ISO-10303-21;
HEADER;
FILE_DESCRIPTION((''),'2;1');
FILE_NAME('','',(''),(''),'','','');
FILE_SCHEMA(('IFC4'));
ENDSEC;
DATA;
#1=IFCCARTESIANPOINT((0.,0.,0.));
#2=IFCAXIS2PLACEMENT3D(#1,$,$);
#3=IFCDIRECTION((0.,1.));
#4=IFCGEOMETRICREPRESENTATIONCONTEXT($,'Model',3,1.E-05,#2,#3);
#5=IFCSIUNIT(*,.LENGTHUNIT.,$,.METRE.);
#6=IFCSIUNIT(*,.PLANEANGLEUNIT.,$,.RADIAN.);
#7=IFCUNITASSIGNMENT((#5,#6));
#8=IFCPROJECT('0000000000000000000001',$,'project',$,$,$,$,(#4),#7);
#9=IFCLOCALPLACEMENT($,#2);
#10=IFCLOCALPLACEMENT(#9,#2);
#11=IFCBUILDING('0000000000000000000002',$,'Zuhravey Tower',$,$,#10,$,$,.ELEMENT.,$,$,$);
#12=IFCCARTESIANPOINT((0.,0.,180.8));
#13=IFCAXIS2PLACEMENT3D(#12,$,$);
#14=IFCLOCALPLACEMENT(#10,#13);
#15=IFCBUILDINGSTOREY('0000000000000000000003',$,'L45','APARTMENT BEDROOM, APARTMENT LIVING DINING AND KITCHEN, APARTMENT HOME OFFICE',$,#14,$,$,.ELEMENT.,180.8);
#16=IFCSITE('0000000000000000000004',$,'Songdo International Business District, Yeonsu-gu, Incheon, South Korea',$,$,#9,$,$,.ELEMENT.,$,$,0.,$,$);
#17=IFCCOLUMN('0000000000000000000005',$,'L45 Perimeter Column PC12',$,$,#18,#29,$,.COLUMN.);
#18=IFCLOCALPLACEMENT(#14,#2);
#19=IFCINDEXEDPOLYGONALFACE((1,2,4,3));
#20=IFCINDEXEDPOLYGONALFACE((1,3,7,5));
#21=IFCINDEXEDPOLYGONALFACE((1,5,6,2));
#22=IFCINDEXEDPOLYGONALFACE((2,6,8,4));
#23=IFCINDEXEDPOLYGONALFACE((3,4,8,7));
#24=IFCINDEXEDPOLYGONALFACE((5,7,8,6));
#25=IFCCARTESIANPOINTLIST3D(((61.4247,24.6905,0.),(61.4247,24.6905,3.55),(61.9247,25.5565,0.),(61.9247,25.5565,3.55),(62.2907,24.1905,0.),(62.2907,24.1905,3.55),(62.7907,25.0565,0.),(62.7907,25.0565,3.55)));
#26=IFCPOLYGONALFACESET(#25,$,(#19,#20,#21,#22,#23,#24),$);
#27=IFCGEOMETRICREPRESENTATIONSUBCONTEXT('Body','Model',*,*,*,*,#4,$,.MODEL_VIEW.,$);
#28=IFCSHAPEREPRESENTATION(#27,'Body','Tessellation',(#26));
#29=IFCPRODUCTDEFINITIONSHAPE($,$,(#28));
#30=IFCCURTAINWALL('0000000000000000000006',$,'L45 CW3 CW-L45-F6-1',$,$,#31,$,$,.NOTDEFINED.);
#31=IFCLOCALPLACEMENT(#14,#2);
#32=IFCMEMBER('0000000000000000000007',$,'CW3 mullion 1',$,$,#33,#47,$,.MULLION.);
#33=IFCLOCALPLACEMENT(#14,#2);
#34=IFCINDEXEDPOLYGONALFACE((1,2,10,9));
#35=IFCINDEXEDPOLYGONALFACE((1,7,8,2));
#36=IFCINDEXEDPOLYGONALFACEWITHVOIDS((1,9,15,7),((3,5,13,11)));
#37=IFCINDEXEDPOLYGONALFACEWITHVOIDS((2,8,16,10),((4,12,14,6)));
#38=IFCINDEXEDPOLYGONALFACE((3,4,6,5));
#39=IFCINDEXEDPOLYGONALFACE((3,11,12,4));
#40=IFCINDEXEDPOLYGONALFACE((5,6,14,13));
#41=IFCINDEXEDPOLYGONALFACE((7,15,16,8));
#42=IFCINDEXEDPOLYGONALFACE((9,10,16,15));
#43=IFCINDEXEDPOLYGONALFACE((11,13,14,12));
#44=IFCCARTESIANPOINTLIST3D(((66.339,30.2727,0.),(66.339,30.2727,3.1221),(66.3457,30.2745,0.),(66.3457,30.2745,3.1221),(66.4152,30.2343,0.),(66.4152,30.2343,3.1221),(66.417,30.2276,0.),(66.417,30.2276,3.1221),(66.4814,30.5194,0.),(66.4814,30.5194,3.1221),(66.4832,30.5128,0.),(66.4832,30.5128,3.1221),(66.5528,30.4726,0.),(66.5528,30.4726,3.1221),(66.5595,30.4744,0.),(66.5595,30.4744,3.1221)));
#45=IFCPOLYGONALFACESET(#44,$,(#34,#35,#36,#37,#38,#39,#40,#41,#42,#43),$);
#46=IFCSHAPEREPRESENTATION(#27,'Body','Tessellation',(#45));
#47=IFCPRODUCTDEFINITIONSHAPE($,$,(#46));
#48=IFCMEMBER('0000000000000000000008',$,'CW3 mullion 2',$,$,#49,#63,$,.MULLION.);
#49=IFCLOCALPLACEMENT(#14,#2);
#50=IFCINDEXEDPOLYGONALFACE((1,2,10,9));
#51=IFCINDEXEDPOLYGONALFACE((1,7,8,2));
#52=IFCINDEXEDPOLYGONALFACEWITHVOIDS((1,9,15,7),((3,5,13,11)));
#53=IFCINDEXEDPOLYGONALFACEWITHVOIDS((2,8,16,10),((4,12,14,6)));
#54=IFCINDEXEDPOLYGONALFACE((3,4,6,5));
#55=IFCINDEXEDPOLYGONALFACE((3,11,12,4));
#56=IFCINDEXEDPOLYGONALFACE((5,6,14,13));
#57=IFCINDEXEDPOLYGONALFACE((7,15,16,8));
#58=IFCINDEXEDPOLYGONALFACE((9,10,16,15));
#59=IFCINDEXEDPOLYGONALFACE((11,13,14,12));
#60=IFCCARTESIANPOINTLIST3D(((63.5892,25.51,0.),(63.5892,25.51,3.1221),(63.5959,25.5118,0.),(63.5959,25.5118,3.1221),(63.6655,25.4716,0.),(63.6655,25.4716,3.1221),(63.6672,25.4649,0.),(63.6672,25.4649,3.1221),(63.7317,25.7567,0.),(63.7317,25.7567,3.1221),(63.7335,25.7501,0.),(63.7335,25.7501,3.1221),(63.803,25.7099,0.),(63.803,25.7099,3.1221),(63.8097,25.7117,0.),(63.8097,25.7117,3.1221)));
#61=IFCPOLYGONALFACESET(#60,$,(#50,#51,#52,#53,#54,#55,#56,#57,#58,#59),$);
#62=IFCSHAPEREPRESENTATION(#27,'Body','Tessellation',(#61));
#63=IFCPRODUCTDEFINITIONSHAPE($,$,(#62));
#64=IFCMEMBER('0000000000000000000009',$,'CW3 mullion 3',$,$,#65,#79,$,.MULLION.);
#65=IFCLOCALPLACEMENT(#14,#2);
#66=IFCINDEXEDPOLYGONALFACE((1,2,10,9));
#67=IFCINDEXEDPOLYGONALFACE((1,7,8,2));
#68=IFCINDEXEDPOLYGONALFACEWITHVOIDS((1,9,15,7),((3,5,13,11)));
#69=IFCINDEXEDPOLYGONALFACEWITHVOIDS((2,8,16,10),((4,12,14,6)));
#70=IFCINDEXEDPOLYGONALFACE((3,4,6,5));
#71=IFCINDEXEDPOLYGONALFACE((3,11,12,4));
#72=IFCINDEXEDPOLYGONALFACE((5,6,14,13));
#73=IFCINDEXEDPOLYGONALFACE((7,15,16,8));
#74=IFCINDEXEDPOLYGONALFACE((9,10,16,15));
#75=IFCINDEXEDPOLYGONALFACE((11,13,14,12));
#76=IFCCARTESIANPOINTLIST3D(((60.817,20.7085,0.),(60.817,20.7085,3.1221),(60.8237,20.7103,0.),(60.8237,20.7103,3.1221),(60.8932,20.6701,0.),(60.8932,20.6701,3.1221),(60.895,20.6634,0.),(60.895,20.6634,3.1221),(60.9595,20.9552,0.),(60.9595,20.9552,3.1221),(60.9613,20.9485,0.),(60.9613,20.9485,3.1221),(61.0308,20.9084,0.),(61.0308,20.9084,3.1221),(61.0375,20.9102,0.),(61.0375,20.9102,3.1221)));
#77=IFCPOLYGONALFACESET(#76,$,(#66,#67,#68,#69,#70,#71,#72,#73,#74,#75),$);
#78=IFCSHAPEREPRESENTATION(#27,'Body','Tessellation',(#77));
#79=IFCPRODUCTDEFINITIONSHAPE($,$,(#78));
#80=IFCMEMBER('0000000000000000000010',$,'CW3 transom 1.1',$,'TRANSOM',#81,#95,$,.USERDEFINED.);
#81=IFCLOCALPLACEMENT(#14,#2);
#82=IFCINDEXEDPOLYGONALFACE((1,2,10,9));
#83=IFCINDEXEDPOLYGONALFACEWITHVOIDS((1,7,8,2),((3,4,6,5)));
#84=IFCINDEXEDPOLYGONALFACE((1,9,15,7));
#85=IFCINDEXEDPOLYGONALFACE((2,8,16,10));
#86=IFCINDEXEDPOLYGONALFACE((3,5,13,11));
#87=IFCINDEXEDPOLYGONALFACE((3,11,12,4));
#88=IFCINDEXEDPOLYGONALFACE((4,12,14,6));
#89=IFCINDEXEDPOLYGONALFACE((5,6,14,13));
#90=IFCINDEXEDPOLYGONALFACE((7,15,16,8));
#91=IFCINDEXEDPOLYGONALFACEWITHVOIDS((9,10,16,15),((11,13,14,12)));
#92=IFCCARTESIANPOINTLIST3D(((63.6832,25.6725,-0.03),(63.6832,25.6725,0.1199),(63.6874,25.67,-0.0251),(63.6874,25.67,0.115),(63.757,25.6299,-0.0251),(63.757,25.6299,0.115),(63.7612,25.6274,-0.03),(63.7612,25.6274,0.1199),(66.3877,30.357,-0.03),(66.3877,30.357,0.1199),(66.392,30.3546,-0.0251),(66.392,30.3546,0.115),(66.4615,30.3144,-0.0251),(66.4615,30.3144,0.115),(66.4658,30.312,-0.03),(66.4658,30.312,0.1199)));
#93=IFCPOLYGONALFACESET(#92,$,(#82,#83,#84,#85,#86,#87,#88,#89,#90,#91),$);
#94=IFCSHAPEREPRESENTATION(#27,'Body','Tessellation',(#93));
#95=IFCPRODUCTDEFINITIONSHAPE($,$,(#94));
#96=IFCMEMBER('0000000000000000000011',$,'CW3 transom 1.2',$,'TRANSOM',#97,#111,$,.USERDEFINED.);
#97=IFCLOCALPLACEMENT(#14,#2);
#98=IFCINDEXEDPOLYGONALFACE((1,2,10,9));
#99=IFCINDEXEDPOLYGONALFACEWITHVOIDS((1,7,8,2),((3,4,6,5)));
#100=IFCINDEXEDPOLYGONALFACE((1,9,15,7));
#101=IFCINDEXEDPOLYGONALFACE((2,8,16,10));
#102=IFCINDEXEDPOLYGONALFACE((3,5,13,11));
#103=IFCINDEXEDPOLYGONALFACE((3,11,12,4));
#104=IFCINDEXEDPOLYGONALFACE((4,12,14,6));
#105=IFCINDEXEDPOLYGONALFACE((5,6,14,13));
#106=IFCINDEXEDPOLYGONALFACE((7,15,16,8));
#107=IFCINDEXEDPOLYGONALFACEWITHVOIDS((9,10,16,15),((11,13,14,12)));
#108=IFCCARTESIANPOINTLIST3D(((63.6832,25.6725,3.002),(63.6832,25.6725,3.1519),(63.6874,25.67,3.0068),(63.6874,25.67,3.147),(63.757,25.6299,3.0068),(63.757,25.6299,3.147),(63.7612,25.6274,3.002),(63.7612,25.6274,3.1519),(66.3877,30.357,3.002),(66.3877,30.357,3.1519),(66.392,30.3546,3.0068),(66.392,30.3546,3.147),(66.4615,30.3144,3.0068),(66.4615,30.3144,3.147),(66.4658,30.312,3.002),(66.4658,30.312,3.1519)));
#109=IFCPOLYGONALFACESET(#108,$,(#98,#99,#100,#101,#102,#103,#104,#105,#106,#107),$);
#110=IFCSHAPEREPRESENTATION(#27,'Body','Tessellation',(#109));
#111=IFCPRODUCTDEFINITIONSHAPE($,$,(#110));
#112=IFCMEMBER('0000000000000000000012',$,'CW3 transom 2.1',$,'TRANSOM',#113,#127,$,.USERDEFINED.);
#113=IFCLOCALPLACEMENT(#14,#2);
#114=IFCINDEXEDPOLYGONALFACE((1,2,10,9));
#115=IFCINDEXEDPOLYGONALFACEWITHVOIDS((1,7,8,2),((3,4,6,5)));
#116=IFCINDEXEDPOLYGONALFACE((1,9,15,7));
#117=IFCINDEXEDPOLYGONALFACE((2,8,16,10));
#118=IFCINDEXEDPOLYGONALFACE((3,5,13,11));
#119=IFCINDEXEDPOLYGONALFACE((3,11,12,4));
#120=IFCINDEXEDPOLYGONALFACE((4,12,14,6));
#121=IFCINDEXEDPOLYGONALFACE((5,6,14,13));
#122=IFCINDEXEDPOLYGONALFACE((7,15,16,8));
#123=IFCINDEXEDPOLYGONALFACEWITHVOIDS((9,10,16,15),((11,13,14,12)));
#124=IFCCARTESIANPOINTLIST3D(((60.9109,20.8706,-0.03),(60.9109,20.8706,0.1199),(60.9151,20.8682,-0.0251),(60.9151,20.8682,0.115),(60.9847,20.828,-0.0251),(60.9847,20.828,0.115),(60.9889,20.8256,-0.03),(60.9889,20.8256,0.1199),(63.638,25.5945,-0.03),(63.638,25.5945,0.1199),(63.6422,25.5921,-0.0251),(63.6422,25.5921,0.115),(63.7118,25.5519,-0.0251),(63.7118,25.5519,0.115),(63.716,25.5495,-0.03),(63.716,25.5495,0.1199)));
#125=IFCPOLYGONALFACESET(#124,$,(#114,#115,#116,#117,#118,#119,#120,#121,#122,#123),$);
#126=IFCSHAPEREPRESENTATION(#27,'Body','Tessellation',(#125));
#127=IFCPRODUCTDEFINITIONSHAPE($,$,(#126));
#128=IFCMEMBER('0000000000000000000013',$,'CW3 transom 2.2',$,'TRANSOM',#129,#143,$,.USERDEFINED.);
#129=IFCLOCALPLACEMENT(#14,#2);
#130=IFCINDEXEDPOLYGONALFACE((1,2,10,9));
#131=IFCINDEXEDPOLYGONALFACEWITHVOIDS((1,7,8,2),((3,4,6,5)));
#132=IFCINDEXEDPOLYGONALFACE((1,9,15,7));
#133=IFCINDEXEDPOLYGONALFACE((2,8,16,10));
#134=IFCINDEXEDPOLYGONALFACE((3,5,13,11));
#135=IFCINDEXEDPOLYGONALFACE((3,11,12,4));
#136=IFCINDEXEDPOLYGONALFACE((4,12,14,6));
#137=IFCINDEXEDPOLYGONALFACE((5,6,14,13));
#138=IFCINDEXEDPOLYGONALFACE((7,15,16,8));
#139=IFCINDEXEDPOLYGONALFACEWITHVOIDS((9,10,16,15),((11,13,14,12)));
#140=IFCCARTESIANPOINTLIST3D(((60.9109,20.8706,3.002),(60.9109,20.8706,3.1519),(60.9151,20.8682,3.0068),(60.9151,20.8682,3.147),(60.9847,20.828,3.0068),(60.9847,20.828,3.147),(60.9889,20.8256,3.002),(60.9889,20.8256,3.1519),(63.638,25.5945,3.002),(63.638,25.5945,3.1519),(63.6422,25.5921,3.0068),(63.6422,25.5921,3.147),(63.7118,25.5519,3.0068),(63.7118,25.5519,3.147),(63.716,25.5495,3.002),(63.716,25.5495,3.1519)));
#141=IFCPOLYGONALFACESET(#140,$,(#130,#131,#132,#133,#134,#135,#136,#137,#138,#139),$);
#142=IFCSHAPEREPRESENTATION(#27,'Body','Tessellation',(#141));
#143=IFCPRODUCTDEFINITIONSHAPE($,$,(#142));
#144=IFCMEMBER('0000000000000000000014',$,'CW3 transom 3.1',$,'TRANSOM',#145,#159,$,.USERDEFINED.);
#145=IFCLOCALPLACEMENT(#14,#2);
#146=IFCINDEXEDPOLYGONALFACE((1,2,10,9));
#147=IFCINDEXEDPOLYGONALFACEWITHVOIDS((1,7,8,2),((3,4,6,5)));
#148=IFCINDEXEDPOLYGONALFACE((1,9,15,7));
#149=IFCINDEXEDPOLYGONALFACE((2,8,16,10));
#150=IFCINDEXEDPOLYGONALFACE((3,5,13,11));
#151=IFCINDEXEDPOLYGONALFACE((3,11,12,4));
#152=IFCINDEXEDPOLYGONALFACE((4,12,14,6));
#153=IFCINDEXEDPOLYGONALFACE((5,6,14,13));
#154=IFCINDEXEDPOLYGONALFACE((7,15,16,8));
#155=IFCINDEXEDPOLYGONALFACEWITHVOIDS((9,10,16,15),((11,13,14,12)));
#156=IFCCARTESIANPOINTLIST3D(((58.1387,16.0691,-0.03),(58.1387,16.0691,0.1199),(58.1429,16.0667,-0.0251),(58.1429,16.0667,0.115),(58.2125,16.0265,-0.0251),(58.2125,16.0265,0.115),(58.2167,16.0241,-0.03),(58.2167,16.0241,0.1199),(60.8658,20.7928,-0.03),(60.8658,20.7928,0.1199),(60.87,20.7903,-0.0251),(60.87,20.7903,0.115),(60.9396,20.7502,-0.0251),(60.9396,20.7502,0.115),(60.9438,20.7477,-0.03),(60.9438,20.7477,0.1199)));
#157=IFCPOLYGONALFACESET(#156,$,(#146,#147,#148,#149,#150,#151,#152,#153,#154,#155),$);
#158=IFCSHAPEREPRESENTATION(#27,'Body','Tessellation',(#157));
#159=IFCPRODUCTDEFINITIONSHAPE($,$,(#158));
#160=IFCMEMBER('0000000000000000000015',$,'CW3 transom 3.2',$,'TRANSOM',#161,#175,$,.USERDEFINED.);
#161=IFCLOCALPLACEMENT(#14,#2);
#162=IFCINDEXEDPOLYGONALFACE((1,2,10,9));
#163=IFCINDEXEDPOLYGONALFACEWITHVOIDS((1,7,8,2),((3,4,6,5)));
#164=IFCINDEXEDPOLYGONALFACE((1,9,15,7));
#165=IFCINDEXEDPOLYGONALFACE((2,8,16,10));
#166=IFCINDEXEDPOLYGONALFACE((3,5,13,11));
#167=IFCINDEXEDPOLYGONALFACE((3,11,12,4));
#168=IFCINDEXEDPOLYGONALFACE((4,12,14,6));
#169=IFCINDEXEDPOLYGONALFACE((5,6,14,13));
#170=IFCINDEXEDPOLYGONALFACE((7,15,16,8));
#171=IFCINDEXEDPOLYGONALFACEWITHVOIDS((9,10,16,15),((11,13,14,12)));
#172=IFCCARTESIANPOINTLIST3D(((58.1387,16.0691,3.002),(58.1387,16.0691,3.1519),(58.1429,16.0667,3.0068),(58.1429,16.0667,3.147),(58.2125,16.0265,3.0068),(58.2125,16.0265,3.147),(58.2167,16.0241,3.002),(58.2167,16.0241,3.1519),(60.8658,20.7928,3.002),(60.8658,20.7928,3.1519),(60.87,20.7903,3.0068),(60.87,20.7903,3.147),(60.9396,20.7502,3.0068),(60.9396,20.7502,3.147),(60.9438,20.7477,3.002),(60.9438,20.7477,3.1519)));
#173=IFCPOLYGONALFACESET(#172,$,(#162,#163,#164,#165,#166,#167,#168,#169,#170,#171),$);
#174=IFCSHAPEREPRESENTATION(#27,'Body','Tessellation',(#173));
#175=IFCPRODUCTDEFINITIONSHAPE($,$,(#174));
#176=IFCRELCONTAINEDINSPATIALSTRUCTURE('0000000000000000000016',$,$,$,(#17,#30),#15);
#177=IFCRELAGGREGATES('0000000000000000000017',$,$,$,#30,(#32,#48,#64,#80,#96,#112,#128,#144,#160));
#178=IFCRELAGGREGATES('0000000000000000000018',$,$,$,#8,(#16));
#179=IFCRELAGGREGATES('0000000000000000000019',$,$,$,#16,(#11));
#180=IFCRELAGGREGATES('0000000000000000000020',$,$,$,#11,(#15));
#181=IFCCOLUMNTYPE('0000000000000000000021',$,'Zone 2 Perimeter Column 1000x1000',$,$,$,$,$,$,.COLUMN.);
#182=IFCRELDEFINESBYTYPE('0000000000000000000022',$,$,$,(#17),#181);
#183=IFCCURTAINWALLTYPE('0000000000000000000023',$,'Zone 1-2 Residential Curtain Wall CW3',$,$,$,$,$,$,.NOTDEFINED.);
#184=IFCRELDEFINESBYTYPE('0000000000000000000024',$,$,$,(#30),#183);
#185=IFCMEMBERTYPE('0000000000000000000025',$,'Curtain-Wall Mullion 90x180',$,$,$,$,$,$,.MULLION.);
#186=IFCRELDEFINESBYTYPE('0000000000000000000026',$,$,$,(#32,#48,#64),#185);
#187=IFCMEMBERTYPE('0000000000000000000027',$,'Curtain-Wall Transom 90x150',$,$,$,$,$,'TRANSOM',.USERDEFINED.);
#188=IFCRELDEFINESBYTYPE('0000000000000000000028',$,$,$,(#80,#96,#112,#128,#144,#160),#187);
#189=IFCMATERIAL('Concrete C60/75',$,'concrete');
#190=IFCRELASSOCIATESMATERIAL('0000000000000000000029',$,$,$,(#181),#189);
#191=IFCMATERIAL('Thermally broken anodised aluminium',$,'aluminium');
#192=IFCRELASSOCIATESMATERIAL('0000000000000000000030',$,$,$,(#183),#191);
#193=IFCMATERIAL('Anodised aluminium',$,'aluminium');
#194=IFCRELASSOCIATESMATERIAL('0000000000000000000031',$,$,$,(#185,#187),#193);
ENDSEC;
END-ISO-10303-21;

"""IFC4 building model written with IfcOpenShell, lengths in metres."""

from ifc_helpers import new_model, si_unit, direction, frame, origin, origin_2d, place, context, subcontext, project, spatial, rectangle, hollow_rectangle, extrude, material, material_profile, profile_set, type_object, element, aggregate, save


model = new_model("IFC4")

# Units and contexts
model_context = context("Model", 3, precision=1e-05, world=origin(), true_north=direction((0.0, 1.0)))
body_context = subcontext(model_context, "Body", "Model", "MODEL_VIEW")
ifc_project = project(units=[si_unit("LENGTHUNIT", "METRE"), si_unit("PLANEANGLEUNIT", "RADIAN")], contexts=[model_context])

# Site, building, storey
site_placement = place(None, origin())
site = spatial("IfcSite", under=ifc_project, at=site_placement, Name="Songdo International Business District, Yeonsu-gu, Incheon, South Korea", CompositionType="ELEMENT", RefElevation=0.0)
building_placement = place(site_placement, origin())
building = spatial("IfcBuilding", under=site, at=building_placement, Name="Zuhravey Tower", CompositionType="ELEMENT")
storey_placement = place(building_placement, frame((0.0, 0.0, 180.8)))
storey = spatial("IfcBuildingStorey", under=building, at=storey_placement, Name="L45", Description="APARTMENT BEDROOM, APARTMENT LIVING DINING AND KITCHEN, APARTMENT HOME OFFICE", CompositionType="ELEMENT", Elevation=180.8)

# Column
ifc_material_1 = material(Name="Concrete C60/75", Category="concrete")
ifc_material_profile_1 = material_profile(ifc_material_1, rectangle(XDim=1.0, YDim=1.0, at=origin_2d()), Name="RC-1000x1000")
ifc_profile_set_1 = profile_set([ifc_material_profile_1], Name="Concrete C60/75")
column_type = type_object("IfcColumnType", Name="Zone 2 Perimeter Column 1000x1000", PredefinedType="COLUMN", material=ifc_profile_set_1)
column_placement = place(storey_placement, frame((62.1077, 24.8735, 0.0), z_axis=(0.0, 0.0, 1.0), x_axis=(0.5, 0.866025, 0.0)))
element("IfcColumn", 1, at=column_placement, inside=storey, type_object=column_type, Name="L45 Perimeter Column PC12", PredefinedType="COLUMN", context=body_context, shape_type="SweptSolid", body=[
    extrude(rectangle(XDim=1.0, YDim=1.0, at=origin_2d()), origin(), (0.0, 0.0, 1.0), 3.55),
])

# Curtain wall, members
ifc_material_2 = material(Name="Thermally broken anodised aluminium", Category="aluminium")
curtain_wall_type = type_object("IfcCurtainWallType", Name="Zone 1-2 Residential Curtain Wall CW3", PredefinedType="NOTDEFINED", material=ifc_material_2)
curtain_wall_placement = place(storey_placement, origin())
curtain_wall = element("IfcCurtainWall", 2, at=curtain_wall_placement, inside=storey, type_object=curtain_wall_type, Name="L45 CW3 CW-L45-F6-1", PredefinedType="NOTDEFINED")
ifc_material_3 = material(Name="Anodised aluminium", Category="aluminium")
ifc_material_profile_2 = material_profile(ifc_material_3, hollow_rectangle(XDim=0.0901, YDim=0.2849, WallThickness=0.0049, at=origin_2d()), Name="ALU-RHS-90x285x5")
ifc_profile_set_2 = profile_set([ifc_material_profile_2], Name="Anodised aluminium")
member_type_1 = type_object("IfcMemberType", Name="Curtain-Wall Mullion 90x180", PredefinedType="MULLION", material=ifc_profile_set_2)
member_1_placement = place(storey_placement, frame((66.4492, 30.3735, 0.0), z_axis=(0.0, 0.0, 1.0), x_axis=(0.866025, -0.5, 0.0)))
member_1 = element("IfcMember", 3, at=member_1_placement, type_object=member_type_1, Name="CW3 mullion 1", PredefinedType="MULLION", context=body_context, shape_type="SweptSolid", body=[
    extrude(hollow_rectangle(XDim=0.0901, YDim=0.2849, WallThickness=0.0049, at=origin_2d()), origin(), (0.0, 0.0, 1.0), 3.1221),
])
member_2_placement = place(storey_placement, frame((63.6995, 25.6108, 0.0), z_axis=(0.0, 0.0, 1.0), x_axis=(0.866025, -0.5, 0.0)))
member_2 = element("IfcMember", 4, at=member_2_placement, type_object=member_type_1, Name="CW3 mullion 2", PredefinedType="MULLION", context=body_context, shape_type="SweptSolid", body=[
    extrude(hollow_rectangle(XDim=0.0901, YDim=0.2849, WallThickness=0.0049, at=origin_2d()), origin(), (0.0, 0.0, 1.0), 3.1221),
])
member_3_placement = place(storey_placement, frame((60.9272, 20.8093, 0.0), z_axis=(0.0, 0.0, 1.0), x_axis=(0.866025, -0.5, 0.0)))
member_3 = element("IfcMember", 5, at=member_3_placement, type_object=member_type_1, Name="CW3 mullion 3", PredefinedType="MULLION", context=body_context, shape_type="SweptSolid", body=[
    extrude(hollow_rectangle(XDim=0.0901, YDim=0.2849, WallThickness=0.0049, at=origin_2d()), origin(), (0.0, 0.0, 1.0), 3.1221),
])
ifc_material_profile_3 = material_profile(ifc_material_3, hollow_rectangle(XDim=0.0901, YDim=0.1499, WallThickness=0.0049, at=origin_2d()), Name="ALU-RHS-90x150x5")
ifc_profile_set_3 = profile_set([ifc_material_profile_3], Name="Anodised aluminium")
member_type_2 = type_object("IfcMemberType", Name="Curtain-Wall Transom 90x150", ElementType="TRANSOM", PredefinedType="USERDEFINED", material=ifc_profile_set_3)
member_4_placement = place(storey_placement, frame((66.4268, 30.3345, 0.0449), z_axis=(-0.499993, -0.866029, 0.0), x_axis=(0.866029, -0.499993, 0.0)))
member_4 = element("IfcMember", 6, at=member_4_placement, type_object=member_type_2, Name="CW3 transom 1.1", ObjectType="TRANSOM", PredefinedType="USERDEFINED", context=body_context, shape_type="SweptSolid", body=[
    extrude(hollow_rectangle(XDim=0.0901, YDim=0.1499, WallThickness=0.0049, at=origin_2d()), origin(), (0.0, 0.0, 1.0), 5.4092),
])
member_5_placement = place(storey_placement, frame((66.4268, 30.3345, 3.0769), z_axis=(-0.499993, -0.866029, 0.0), x_axis=(0.866029, -0.499993, 0.0)))
member_5 = element("IfcMember", 7, at=member_5_placement, type_object=member_type_2, Name="CW3 transom 1.2", ObjectType="TRANSOM", PredefinedType="USERDEFINED", context=body_context, shape_type="SweptSolid", body=[
    extrude(hollow_rectangle(XDim=0.0901, YDim=0.1499, WallThickness=0.0049, at=origin_2d()), origin(), (0.0, 0.0, 1.0), 5.4092),
])
member_6_placement = place(storey_placement, frame((63.677, 25.572, 0.0449), z_axis=(-0.499961, -0.866048, 0.0), x_axis=(0.866048, -0.499961, 0.0)))
member_6 = element("IfcMember", 8, at=member_6_placement, type_object=member_type_2, Name="CW3 transom 2.1", ObjectType="TRANSOM", PredefinedType="USERDEFINED", context=body_context, shape_type="SweptSolid", body=[
    extrude(hollow_rectangle(XDim=0.0901, YDim=0.1499, WallThickness=0.0049, at=origin_2d()), origin(), (0.0, 0.0, 1.0), 5.4546),
])
member_7_placement = place(storey_placement, frame((63.677, 25.572, 3.0769), z_axis=(-0.499961, -0.866048, 0.0), x_axis=(0.866048, -0.499961, 0.0)))
member_7 = element("IfcMember", 9, at=member_7_placement, type_object=member_type_2, Name="CW3 transom 2.2", ObjectType="TRANSOM", PredefinedType="USERDEFINED", context=body_context, shape_type="SweptSolid", body=[
    extrude(hollow_rectangle(XDim=0.0901, YDim=0.1499, WallThickness=0.0049, at=origin_2d()), origin(), (0.0, 0.0, 1.0), 5.4546),
])
member_8_placement = place(storey_placement, frame((60.9048, 20.7703, 0.0449), z_axis=(-0.499981, -0.866037, 0.0), x_axis=(0.866037, -0.499981, 0.0)))
member_8 = element("IfcMember", 10, at=member_8_placement, type_object=member_type_2, Name="CW3 transom 3.1", ObjectType="TRANSOM", PredefinedType="USERDEFINED", context=body_context, shape_type="SweptSolid", body=[
    extrude(hollow_rectangle(XDim=0.0901, YDim=0.1499, WallThickness=0.0049, at=origin_2d()), origin(), (0.0, 0.0, 1.0), 5.4543),
])
member_9_placement = place(storey_placement, frame((60.9048, 20.7703, 3.0769), z_axis=(-0.499981, -0.866037, 0.0), x_axis=(0.866037, -0.499981, 0.0)))
member_9 = element("IfcMember", 11, at=member_9_placement, type_object=member_type_2, Name="CW3 transom 3.2", ObjectType="TRANSOM", PredefinedType="USERDEFINED", context=body_context, shape_type="SweptSolid", body=[
    extrude(hollow_rectangle(XDim=0.0901, YDim=0.1499, WallThickness=0.0049, at=origin_2d()), origin(), (0.0, 0.0, 1.0), 5.4543),
])

aggregate(curtain_wall, [member_1, member_2, member_3, member_4, member_5, member_6, member_7, member_8, member_9])

save(model, "model.ifc")
